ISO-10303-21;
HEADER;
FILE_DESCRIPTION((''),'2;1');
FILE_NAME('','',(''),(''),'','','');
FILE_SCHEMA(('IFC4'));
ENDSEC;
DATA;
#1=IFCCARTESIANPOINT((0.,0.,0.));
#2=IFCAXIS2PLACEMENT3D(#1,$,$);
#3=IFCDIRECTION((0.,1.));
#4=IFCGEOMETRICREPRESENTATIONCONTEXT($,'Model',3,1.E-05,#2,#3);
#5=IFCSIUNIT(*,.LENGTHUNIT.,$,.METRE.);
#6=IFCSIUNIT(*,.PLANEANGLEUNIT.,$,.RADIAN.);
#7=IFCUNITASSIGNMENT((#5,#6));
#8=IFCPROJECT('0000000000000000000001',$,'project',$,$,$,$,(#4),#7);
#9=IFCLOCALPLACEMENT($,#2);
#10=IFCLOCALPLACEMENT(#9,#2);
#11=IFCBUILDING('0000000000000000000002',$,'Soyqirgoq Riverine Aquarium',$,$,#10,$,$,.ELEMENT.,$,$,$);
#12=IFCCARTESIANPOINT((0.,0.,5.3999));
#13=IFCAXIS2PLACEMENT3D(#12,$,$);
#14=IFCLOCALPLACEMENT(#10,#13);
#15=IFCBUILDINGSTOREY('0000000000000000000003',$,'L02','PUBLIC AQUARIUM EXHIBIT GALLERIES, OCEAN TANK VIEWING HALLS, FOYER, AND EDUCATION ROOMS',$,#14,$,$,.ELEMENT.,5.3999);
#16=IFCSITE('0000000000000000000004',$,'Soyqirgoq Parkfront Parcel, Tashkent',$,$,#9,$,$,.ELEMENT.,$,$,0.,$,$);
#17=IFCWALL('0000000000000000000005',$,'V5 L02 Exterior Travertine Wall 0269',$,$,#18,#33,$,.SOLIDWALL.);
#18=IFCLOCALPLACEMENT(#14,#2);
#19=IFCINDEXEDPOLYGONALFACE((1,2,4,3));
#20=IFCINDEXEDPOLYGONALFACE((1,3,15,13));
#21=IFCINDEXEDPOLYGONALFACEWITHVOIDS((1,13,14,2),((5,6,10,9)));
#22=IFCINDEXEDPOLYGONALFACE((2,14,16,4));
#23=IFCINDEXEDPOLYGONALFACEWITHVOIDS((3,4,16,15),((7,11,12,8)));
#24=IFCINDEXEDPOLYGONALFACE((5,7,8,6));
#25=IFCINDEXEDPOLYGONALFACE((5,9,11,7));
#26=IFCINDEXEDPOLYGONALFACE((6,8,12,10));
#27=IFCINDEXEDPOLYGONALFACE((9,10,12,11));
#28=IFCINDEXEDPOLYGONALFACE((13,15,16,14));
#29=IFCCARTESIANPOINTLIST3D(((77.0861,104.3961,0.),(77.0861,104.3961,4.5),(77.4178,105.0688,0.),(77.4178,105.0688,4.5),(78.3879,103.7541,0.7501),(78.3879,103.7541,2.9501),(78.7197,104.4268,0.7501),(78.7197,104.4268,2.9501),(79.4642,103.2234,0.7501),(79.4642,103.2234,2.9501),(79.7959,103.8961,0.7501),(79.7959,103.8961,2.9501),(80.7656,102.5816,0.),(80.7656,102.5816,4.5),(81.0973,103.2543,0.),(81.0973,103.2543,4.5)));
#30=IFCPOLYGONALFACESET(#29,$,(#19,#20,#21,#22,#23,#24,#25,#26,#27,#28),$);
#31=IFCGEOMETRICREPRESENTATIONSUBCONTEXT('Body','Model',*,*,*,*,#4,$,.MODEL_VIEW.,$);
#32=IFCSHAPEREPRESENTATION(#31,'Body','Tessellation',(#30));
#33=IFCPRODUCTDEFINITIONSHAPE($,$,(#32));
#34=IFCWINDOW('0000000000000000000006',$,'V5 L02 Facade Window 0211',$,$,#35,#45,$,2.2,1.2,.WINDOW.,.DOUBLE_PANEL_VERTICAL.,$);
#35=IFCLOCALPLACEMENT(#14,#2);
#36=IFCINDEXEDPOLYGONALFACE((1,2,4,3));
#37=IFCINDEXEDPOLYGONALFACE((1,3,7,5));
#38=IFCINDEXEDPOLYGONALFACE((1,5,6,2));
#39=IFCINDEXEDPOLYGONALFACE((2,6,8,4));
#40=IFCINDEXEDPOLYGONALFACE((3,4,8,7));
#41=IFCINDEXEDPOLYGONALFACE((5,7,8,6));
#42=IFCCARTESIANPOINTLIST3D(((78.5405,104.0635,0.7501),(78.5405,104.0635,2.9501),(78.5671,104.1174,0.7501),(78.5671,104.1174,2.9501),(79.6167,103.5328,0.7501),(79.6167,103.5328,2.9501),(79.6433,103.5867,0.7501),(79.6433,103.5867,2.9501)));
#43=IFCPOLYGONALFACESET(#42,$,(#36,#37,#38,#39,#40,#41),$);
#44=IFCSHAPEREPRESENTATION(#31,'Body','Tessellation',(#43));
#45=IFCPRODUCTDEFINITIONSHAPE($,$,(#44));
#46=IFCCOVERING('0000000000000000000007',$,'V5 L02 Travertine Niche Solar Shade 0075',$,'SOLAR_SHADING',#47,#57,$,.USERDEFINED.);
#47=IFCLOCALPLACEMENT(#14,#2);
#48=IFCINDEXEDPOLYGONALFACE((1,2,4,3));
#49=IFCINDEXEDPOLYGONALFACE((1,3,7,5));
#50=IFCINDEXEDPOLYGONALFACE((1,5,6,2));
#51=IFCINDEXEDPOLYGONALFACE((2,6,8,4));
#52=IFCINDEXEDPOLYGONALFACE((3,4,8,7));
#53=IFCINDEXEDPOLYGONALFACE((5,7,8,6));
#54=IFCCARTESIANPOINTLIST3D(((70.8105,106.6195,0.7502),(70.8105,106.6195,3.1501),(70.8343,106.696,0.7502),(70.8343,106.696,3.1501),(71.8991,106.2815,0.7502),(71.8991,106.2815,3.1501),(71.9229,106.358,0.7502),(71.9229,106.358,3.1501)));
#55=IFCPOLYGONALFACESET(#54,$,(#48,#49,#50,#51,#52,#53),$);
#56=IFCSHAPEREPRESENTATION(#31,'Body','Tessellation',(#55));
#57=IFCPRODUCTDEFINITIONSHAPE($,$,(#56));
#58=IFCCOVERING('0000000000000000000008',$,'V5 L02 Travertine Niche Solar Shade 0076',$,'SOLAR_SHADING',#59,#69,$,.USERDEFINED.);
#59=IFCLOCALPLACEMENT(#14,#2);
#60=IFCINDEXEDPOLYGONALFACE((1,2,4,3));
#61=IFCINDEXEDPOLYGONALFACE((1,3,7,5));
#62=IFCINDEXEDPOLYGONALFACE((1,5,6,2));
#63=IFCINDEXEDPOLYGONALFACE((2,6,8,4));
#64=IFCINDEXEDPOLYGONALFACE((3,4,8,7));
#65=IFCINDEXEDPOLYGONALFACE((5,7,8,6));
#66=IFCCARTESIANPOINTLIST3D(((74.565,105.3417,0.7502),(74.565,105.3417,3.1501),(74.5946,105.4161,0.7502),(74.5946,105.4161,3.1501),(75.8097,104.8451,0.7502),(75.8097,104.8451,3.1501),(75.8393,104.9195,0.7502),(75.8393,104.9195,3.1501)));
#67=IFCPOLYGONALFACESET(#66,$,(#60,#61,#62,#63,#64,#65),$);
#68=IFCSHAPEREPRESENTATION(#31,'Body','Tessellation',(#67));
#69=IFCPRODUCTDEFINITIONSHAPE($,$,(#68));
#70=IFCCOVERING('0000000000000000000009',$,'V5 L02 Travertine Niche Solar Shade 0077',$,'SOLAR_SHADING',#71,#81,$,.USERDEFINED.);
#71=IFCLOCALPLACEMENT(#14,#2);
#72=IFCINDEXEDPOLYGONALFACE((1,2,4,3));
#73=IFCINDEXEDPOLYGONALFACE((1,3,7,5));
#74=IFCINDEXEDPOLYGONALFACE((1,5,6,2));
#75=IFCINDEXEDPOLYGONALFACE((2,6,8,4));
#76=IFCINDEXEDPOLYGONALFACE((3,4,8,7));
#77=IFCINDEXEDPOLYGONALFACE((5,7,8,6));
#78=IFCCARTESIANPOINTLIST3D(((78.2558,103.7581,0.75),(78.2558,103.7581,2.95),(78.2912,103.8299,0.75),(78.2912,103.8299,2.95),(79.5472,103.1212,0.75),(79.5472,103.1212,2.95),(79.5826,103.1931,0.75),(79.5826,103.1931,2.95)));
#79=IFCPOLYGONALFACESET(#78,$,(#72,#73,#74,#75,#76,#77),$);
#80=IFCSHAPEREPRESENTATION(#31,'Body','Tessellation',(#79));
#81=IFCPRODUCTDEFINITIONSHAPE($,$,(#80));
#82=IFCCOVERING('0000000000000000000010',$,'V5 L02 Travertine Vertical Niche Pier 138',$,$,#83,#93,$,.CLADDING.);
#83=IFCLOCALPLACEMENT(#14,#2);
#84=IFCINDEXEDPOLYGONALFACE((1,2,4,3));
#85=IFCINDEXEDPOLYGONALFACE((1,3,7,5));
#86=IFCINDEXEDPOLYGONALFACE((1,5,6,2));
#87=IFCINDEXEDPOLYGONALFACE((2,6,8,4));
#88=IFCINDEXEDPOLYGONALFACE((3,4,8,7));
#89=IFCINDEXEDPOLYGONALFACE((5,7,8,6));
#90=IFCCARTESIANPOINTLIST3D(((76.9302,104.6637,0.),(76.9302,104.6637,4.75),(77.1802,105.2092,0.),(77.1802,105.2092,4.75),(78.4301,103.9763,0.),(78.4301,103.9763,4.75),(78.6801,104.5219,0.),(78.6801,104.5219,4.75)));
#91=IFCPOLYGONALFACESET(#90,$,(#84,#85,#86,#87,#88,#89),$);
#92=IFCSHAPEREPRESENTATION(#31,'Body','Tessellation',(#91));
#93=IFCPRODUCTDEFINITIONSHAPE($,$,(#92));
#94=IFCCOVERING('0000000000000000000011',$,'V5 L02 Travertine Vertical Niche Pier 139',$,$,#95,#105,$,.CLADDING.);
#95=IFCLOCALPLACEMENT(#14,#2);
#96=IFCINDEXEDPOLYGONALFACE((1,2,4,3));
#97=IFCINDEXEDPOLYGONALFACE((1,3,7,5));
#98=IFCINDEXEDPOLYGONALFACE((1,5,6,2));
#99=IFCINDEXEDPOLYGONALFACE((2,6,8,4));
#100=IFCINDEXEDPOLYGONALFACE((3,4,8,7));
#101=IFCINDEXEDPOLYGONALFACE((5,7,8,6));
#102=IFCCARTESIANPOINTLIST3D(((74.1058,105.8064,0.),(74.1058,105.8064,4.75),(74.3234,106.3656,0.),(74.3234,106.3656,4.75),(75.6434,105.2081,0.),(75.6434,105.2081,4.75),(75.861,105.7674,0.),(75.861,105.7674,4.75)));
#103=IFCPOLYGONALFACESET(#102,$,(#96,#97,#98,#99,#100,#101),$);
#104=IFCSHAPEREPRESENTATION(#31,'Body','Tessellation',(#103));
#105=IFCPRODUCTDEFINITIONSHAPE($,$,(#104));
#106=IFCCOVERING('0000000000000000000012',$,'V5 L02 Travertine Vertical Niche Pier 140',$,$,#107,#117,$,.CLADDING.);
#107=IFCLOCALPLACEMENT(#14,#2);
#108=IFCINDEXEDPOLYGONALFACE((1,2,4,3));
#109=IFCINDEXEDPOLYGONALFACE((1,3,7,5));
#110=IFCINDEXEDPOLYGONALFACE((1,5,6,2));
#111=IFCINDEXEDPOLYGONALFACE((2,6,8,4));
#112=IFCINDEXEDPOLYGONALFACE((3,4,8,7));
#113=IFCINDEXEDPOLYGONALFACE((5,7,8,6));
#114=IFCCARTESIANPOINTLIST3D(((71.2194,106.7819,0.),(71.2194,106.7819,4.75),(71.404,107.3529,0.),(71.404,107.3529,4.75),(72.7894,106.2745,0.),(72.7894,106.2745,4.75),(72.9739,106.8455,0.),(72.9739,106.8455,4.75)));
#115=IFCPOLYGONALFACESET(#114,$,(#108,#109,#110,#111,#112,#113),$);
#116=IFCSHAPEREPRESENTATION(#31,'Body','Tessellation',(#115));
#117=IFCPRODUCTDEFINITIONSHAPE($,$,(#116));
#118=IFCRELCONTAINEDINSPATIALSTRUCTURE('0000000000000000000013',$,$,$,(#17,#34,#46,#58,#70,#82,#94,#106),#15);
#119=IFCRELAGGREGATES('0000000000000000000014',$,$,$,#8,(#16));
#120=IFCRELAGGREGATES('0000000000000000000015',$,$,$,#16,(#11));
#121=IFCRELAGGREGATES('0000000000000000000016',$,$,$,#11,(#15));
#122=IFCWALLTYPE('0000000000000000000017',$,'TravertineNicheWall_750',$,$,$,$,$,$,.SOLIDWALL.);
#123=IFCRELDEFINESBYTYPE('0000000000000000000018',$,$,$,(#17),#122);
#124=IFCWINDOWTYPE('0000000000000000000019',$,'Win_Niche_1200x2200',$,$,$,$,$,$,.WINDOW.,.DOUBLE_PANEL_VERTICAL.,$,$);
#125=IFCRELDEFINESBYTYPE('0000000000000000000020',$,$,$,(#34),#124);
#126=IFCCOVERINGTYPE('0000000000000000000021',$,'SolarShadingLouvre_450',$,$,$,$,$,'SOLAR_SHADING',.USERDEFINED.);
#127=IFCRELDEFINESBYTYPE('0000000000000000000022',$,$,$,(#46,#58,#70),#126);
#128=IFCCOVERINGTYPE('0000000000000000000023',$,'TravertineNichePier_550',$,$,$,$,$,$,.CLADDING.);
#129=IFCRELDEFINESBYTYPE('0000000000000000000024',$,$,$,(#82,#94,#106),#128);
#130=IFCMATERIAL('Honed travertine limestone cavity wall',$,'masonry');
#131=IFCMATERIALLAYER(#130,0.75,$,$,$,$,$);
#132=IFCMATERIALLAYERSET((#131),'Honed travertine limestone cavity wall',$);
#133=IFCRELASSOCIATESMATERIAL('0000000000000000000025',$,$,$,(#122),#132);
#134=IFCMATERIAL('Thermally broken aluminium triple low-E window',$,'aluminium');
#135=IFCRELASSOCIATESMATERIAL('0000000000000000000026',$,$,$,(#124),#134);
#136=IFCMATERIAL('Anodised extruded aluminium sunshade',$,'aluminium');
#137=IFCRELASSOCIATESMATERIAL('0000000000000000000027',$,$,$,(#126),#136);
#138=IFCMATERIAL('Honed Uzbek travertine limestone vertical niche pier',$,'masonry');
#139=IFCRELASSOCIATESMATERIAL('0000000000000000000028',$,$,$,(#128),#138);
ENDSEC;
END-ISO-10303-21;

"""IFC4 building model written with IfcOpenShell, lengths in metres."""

from ifc_helpers import new_model, si_unit, direction, frame, frame_2d, origin, origin_2d, place, context, subcontext, project, spatial, rectangle, extrude, material, layer, layer_set, type_object, element, fill, save


model = new_model("IFC4")

# Units and contexts
model_context = context("Model", 3, precision=1e-05, world=origin(), true_north=direction((0.0, 1.0)))
body_context = subcontext(model_context, "Body", "Model", "MODEL_VIEW")
ifc_project = project(units=[si_unit("LENGTHUNIT", "METRE"), si_unit("PLANEANGLEUNIT", "RADIAN")], contexts=[model_context])

# Site, building, storey
site_placement = place(None, origin())
site = spatial("IfcSite", under=ifc_project, at=site_placement, Name="Soyqirgoq Parkfront Parcel, Tashkent", CompositionType="ELEMENT", RefElevation=0.0)
building_placement = place(site_placement, origin())
building = spatial("IfcBuilding", under=site, at=building_placement, Name="Soyqirgoq Riverine Aquarium", CompositionType="ELEMENT")
storey_placement = place(building_placement, frame((0.0, 0.0, 5.3999)))
storey = spatial("IfcBuildingStorey", under=building, at=storey_placement, Name="L02", Description="PUBLIC AQUARIUM EXHIBIT GALLERIES, OCEAN TANK VIEWING HALLS, FOYER, AND EDUCATION ROOMS", CompositionType="ELEMENT", Elevation=5.3999)

# Wall, opening, window
ifc_material_1 = material(Name="Honed travertine limestone cavity wall", Category="masonry")
ifc_layer = layer(ifc_material_1, 0.75)
ifc_layer_set = layer_set([ifc_layer], Name="Honed travertine limestone cavity wall")
wall_type = type_object("IfcWallType", Name="TravertineNicheWall_750", PredefinedType="SOLIDWALL", material=ifc_layer_set)
wall_1_placement = place(storey_placement, frame((77.252, 104.7324, 0.0), z_axis=(0.0, 0.0, 1.0), x_axis=(0.896877, -0.442279, 0.0)))
wall_1 = element("IfcWall", 1, at=wall_1_placement, inside=storey, type_object=wall_type, Name="V5 L02 Exterior Travertine Wall 0269", PredefinedType="SOLIDWALL", context=body_context, shape_type="SweptSolid", body=[
    extrude(rectangle(XDim=4.1025, YDim=0.75, at=frame_2d((2.0513, 0.0))), origin(), (0.0, 0.0, 1.0), 4.5),
])
opening_1_placement = place(wall_1_placement, frame((1.4514, 0.0, 0.75)))
opening_1 = element("IfcOpeningElement", 2, at=opening_1_placement, cuts=wall_1, PredefinedType="OPENING", context=body_context, shape_type="SweptSolid", body=[
    extrude(rectangle(XDim=1.2, YDim=2.2, at=frame_2d((0.6001, 1.1001))), frame((0.0, 0.385, 0.0), z_axis=(0.0, -1.0, 0.0), x_axis=(1.0, 0.0, 0.0)), (0.0, 0.0, 1.0), 0.77),
])
ifc_material_2 = material(Name="Thermally broken aluminium triple low-E window", Category="aluminium")
window_type_1 = type_object("IfcWindowType", Name="Win_Niche_1200x2200", PartitioningType="DOUBLE_PANEL_VERTICAL", PredefinedType="WINDOW", material=ifc_material_2)
window_1_placement = place(opening_1_placement, origin())
window_1 = element("IfcWindow", 3, at=window_1_placement, inside=storey, type_object=window_type_1, Name="V5 L02 Facade Window 0211", OverallHeight=2.2, OverallWidth=1.2, PartitioningType="DOUBLE_PANEL_VERTICAL", PredefinedType="WINDOW", context=body_context, shape_type="SweptSolid", body=[
    extrude(rectangle(XDim=1.2, YDim=2.2, at=frame_2d((0.6001, 1.1001))), frame((0.0, 0.03, 0.0), z_axis=(0.0, -1.0, 0.0), x_axis=(1.0, 0.0, 0.0)), (0.0, 0.0, 1.0), 0.0601),
])
fill(opening_1, window_1)

# Coverings
ifc_material_3 = material(Name="Anodised extruded aluminium sunshade", Category="aluminium")
covering_type_1 = type_object("IfcCoveringType", Name="SolarShadingLouvre_450", ElementType="SOLAR_SHADING", PredefinedType="USERDEFINED", material=ifc_material_3)
covering_1_placement = place(storey_placement, frame((71.3667, 106.4888, 0.7502), z_axis=(0.0, 0.0, 1.0), x_axis=(0.95502, -0.296542, 0.0)))
element("IfcCovering", 4, at=covering_1_placement, inside=storey, type_object=covering_type_1, Name="V5 L02 Travertine Niche Solar Shade 0075", ObjectType="SOLAR_SHADING", PredefinedType="USERDEFINED", context=body_context, shape_type="SweptSolid", body=[
    extrude(rectangle(XDim=1.1399, YDim=0.0801, at=origin_2d()), origin(), (0.0, 0.0, 1.0), 2.3999),
])
covering_2_placement = place(storey_placement, frame((75.2021, 105.1306, 0.7502), z_axis=(0.0, 0.0, 1.0), x_axis=(0.92881, -0.370557, 0.0)))
element("IfcCovering", 5, at=covering_2_placement, inside=storey, type_object=covering_type_1, Name="V5 L02 Travertine Niche Solar Shade 0076", ObjectType="SOLAR_SHADING", PredefinedType="USERDEFINED", context=body_context, shape_type="SweptSolid", body=[
    extrude(rectangle(XDim=1.3401, YDim=0.0801, at=origin_2d()), origin(), (0.0, 0.0, 1.0), 2.3999),
])
covering_3_placement = place(storey_placement, frame((78.9192, 103.4756, 0.75), z_axis=(0.0, 0.0, 1.0), x_axis=(0.896873, -0.442289, 0.0)))
element("IfcCovering", 6, at=covering_3_placement, inside=storey, type_object=covering_type_1, Name="V5 L02 Travertine Niche Solar Shade 0077", ObjectType="SOLAR_SHADING", PredefinedType="USERDEFINED", context=body_context, shape_type="SweptSolid", body=[
    extrude(rectangle(XDim=1.4399, YDim=0.0801, at=origin_2d()), origin(), (0.0, 0.0, 1.0), 2.2),
])
ifc_material_4 = material(Name="Honed Uzbek travertine limestone vertical niche pier", Category="masonry")
covering_type_2 = type_object("IfcCoveringType", Name="TravertineNichePier_550", PredefinedType="CLADDING", material=ifc_material_4)
for number, where, z_axis, x_axis, name in (
    (7, (77.8052, 104.5928, 0.0), (0.0, 0.0, 1.0), (0.416598, 0.909091, 0.0), "V5 L02 Travertine Vertical Niche Pier 138"),
    (8, (74.9834, 105.7869, 0.0), (0.0, 0.0, 1.0), (0.362601, 0.931945, 0.0), "V5 L02 Travertine Vertical Niche Pier 139"),
    (9, (72.0967, 106.8137, 0.0), (0.0, 0.0, 1.0), (0.307523, 0.951541, 0.0), "V5 L02 Travertine Vertical Niche Pier 140"),
):
    element("IfcCovering", number, at=place(storey_placement, frame(where, z_axis=z_axis, x_axis=x_axis)), inside=storey, type_object=covering_type_2, Name=name, PredefinedType="CLADDING", context=body_context, shape_type="SweptSolid", body=[
        extrude(rectangle(XDim=0.6001, YDim=1.6499, at=origin_2d()), origin(), (0.0, 0.0, 1.0), 4.75),
    ])

save(model, "model.ifc")
